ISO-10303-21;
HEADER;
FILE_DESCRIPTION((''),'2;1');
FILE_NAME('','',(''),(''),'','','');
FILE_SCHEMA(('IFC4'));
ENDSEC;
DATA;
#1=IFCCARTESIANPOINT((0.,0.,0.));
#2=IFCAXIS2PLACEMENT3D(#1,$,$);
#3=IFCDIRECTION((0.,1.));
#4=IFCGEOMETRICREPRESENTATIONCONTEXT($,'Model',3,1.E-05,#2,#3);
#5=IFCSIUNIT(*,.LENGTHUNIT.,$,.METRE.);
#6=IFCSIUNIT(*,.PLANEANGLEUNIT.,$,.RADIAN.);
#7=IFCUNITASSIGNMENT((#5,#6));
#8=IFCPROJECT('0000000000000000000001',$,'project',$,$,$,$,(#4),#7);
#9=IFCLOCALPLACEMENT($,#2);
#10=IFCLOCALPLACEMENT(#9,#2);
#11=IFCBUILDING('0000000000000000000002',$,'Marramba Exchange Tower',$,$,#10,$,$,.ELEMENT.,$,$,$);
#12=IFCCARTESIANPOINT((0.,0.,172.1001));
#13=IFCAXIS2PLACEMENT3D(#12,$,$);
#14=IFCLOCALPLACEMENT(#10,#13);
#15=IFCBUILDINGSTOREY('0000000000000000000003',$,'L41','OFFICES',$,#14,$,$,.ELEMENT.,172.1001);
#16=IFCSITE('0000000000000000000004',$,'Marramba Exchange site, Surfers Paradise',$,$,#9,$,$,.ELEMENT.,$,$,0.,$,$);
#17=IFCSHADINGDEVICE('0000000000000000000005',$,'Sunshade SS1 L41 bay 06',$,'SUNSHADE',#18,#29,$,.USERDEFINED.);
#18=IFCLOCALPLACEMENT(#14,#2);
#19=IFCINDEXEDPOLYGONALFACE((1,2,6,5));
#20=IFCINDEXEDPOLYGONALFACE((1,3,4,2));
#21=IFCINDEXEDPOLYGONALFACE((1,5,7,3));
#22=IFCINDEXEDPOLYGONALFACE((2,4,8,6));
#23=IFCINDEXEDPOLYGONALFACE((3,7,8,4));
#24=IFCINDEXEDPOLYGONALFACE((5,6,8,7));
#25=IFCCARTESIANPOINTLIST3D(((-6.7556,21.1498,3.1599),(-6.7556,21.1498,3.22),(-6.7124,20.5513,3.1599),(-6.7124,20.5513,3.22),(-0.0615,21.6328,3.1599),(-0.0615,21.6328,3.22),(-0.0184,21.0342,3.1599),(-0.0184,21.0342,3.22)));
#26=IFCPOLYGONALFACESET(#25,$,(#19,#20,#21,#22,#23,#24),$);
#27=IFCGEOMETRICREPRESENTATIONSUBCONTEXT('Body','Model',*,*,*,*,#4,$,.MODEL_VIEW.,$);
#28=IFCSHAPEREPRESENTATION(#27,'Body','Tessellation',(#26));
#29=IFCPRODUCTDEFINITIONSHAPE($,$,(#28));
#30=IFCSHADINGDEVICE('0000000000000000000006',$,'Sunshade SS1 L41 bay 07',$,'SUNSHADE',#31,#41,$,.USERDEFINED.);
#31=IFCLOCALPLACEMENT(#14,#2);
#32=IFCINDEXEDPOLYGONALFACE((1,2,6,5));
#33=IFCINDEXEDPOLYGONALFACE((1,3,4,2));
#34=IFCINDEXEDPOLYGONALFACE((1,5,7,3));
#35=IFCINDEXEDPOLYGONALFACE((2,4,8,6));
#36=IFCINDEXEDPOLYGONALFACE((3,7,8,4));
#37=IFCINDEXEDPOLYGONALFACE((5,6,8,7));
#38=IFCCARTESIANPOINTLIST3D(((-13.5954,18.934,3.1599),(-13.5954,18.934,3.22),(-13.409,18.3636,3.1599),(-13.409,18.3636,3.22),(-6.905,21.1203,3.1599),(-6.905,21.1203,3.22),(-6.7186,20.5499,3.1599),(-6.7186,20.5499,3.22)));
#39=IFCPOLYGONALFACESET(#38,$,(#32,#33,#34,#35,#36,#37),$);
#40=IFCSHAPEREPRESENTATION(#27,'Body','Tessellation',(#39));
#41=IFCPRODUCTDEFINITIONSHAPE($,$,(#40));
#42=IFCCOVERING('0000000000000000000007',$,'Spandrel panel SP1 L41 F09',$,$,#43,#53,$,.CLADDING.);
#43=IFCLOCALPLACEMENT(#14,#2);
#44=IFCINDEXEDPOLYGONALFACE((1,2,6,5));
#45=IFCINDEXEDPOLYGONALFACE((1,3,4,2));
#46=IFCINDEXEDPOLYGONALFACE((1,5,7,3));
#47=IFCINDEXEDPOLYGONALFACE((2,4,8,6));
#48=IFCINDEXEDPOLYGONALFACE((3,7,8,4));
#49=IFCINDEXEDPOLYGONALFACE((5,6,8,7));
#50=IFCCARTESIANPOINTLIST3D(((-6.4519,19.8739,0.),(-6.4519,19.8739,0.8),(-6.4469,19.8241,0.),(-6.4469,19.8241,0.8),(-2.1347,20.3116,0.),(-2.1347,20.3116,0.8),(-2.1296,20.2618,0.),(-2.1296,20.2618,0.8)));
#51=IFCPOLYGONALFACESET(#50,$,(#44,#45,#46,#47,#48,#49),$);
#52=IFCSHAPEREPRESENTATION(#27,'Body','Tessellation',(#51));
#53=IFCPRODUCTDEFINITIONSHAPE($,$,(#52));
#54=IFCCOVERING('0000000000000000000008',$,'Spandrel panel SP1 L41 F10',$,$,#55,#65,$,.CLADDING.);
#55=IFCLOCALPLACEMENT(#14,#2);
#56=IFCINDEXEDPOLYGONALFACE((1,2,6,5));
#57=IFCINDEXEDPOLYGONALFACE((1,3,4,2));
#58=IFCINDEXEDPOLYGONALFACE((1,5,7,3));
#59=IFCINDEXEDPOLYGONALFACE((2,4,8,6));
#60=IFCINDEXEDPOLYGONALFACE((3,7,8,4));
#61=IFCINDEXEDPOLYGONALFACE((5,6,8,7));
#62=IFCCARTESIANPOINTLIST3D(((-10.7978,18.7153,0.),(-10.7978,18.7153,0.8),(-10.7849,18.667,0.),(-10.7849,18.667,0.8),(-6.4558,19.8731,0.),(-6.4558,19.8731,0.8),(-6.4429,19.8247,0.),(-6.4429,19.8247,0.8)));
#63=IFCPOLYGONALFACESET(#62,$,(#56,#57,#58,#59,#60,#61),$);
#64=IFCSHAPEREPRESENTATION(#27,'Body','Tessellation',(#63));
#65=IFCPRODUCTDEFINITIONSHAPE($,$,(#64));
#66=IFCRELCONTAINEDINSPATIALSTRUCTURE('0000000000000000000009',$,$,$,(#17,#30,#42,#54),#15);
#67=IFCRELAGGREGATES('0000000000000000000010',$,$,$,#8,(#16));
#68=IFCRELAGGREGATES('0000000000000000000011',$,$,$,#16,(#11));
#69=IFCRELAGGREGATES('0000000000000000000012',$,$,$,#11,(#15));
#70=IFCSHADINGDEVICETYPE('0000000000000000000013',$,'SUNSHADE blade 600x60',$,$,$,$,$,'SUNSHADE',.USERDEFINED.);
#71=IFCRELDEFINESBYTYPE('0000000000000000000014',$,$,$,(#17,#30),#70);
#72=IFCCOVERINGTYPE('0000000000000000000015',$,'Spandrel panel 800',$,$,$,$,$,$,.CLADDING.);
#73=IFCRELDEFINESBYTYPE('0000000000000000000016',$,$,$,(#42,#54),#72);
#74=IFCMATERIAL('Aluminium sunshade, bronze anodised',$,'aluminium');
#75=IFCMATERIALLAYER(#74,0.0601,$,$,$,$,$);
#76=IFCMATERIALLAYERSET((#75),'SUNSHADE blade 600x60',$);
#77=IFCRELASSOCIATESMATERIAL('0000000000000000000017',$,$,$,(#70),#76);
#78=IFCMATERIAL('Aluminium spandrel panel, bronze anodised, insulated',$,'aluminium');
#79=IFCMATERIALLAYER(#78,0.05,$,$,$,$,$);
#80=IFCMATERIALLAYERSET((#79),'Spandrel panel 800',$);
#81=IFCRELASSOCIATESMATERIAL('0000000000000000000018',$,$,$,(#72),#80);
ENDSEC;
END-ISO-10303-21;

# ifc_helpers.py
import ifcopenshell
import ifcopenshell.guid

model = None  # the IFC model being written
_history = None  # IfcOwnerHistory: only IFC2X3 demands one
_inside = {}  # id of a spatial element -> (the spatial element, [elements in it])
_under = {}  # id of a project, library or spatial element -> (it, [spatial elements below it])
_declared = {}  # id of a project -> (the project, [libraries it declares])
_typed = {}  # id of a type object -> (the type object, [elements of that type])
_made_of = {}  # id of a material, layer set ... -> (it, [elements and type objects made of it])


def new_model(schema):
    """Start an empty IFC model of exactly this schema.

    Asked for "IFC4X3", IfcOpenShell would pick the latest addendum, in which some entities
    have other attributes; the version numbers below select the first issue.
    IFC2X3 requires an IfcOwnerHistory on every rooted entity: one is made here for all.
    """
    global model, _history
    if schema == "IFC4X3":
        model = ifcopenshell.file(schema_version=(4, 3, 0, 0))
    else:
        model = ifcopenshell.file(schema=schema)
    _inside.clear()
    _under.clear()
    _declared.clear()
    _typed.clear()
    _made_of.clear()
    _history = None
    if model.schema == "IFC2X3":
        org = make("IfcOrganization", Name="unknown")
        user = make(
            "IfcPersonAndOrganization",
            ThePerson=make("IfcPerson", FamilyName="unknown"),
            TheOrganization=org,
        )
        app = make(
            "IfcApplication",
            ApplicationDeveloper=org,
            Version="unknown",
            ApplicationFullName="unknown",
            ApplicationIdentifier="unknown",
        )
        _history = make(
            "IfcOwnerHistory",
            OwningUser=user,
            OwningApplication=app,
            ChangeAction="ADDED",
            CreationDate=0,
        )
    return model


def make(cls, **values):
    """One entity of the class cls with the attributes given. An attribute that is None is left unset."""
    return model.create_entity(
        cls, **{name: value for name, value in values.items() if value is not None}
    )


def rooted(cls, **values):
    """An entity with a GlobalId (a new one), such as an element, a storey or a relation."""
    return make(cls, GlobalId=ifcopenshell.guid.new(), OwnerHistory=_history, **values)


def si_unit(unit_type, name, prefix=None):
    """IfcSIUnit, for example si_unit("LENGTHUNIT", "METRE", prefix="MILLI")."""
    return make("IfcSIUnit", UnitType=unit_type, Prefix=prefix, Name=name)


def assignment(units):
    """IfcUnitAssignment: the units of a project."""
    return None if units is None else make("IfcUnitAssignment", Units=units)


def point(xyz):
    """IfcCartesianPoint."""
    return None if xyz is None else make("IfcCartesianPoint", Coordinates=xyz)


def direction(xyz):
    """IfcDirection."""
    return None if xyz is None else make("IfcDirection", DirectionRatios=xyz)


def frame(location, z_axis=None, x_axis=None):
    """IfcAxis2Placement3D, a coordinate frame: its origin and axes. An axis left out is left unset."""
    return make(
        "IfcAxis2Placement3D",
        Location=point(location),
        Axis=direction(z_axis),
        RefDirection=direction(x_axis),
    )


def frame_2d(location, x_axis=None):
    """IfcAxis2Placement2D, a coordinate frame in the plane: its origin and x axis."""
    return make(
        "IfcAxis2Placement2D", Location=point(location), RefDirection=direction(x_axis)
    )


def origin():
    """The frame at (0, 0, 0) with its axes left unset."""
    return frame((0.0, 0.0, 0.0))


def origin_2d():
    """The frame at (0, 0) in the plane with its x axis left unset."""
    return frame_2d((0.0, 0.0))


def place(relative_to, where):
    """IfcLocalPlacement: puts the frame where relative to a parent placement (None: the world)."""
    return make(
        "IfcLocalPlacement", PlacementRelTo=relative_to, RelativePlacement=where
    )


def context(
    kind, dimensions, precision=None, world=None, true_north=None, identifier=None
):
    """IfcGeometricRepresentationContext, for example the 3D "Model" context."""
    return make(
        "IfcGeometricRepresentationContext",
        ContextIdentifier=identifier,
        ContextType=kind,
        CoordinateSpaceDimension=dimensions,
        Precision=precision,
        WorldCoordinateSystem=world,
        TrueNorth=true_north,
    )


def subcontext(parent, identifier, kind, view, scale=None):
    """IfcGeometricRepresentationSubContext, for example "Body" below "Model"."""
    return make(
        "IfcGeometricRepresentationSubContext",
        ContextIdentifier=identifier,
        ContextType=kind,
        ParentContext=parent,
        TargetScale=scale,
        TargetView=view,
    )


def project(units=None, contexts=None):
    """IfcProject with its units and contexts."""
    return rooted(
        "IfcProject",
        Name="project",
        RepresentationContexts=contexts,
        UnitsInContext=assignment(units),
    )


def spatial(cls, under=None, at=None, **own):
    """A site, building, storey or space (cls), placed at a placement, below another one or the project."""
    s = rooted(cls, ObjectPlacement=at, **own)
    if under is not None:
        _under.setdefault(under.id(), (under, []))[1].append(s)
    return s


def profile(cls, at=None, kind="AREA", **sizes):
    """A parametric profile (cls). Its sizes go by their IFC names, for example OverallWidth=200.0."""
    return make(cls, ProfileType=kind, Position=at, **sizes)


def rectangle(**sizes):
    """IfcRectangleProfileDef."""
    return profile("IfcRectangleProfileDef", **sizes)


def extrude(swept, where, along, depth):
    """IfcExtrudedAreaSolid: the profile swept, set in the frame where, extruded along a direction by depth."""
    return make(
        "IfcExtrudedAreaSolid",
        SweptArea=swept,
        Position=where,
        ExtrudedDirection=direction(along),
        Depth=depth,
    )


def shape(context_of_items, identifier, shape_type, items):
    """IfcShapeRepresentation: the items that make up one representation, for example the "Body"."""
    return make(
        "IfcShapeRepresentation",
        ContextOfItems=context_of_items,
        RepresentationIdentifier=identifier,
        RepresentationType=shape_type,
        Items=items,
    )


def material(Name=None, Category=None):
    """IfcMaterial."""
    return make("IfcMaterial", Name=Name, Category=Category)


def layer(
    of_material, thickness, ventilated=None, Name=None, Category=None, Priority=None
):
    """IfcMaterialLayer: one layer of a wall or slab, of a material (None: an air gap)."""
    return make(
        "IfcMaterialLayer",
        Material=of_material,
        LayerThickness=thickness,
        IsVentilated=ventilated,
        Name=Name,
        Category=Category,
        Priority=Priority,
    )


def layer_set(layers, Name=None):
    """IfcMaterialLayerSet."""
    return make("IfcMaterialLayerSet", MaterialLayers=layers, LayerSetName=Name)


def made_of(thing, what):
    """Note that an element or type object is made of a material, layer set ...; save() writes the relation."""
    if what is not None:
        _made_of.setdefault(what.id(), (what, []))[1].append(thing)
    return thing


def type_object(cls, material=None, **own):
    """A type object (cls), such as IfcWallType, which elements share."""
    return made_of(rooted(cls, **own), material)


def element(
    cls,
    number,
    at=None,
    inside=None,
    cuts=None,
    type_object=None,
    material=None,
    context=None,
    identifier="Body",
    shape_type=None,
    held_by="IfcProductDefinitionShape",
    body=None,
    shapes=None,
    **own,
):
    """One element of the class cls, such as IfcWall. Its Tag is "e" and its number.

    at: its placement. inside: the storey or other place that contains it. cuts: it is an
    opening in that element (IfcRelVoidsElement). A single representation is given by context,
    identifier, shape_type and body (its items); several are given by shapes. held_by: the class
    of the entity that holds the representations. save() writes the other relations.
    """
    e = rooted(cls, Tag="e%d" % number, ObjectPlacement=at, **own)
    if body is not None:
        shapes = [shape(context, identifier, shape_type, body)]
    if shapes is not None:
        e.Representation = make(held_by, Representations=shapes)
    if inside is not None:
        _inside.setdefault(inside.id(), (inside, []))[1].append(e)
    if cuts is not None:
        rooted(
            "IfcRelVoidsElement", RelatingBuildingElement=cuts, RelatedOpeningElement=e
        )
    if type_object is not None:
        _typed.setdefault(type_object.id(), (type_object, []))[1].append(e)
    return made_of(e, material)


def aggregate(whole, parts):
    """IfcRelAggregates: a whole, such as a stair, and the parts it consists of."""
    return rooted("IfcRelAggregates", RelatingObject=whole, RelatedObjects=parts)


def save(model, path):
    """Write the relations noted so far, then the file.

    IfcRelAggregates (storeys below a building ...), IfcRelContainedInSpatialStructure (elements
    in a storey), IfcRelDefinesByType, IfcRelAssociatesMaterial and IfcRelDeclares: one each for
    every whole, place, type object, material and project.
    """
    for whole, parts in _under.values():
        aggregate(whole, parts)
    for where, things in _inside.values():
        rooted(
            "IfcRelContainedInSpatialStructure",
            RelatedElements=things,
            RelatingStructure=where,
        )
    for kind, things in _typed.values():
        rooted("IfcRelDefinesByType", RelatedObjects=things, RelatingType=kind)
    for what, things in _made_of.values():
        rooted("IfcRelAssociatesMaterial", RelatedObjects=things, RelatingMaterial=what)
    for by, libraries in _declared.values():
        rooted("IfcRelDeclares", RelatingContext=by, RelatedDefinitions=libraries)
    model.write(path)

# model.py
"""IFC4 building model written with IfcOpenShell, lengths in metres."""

from ifc_helpers import new_model, si_unit, direction, frame, origin, origin_2d, place, context, subcontext, project, spatial, rectangle, extrude, material, layer, layer_set, type_object, element, save


model = new_model("IFC4")

# Units and contexts
model_context = context("Model", 3, precision=1e-05, world=origin(), true_north=direction((0.0, 1.0)))
body_context = subcontext(model_context, "Body", "Model", "MODEL_VIEW")
ifc_project = project(units=[si_unit("LENGTHUNIT", "METRE"), si_unit("PLANEANGLEUNIT", "RADIAN")], contexts=[model_context])

# Site, building, storey
site_placement = place(None, origin())
site = spatial("IfcSite", under=ifc_project, at=site_placement, Name="Marramba Exchange site, Surfers Paradise", CompositionType="ELEMENT", RefElevation=0.0)
building_placement = place(site_placement, origin())
building = spatial("IfcBuilding", under=site, at=building_placement, Name="Marramba Exchange Tower", CompositionType="ELEMENT")
storey_placement = place(building_placement, frame((0.0, 0.0, 172.1001)))
storey = spatial("IfcBuildingStorey", under=building, at=storey_placement, Name="L41", Description="OFFICES", CompositionType="ELEMENT", Elevation=172.1001)

# Shading devices
ifc_material_1 = material(Name="Aluminium sunshade, bronze anodised", Category="aluminium")
ifc_layer_1 = layer(ifc_material_1, 0.0601)
ifc_layer_set_1 = layer_set([ifc_layer_1], Name="SUNSHADE blade 600x60")
shading_device_type_1 = type_object("IfcShadingDeviceType", Name="SUNSHADE blade 600x60", ElementType="SUNSHADE", PredefinedType="USERDEFINED", material=ifc_layer_set_1)
shading_device_1_placement = place(storey_placement, frame((-3.387, 21.092, 3.1599), z_axis=(0.0, 0.0, 1.0), x_axis=(-0.997408, -0.071958, 0.0)))
element("IfcShadingDevice", 1, at=shading_device_1_placement, inside=storey, type_object=shading_device_type_1, Name="Sunshade SS1 L41 bay 06", ObjectType="SUNSHADE", PredefinedType="USERDEFINED", context=body_context, shape_type="SweptSolid", body=[
    extrude(rectangle(XDim=6.7114, YDim=0.6001, at=origin_2d()), origin(), (0.0, 0.0, 1.0), 0.0601),
])
shading_device_2_placement = place(storey_placement, frame((-10.157, 19.7419, 3.1599), z_axis=(0.0, 0.0, 1.0), x_axis=(-0.950538, -0.31061, 0.0)))
element("IfcShadingDevice", 2, at=shading_device_2_placement, inside=storey, type_object=shading_device_type_1, Name="Sunshade SS1 L41 bay 07", ObjectType="SUNSHADE", PredefinedType="USERDEFINED", context=body_context, shape_type="SweptSolid", body=[
    extrude(rectangle(XDim=7.0386, YDim=0.6001, at=origin_2d()), origin(), (0.0, 0.0, 1.0), 0.0601),
])

# Coverings
ifc_material_2 = material(Name="Aluminium spandrel panel, bronze anodised, insulated", Category="aluminium")
ifc_layer_2 = layer(ifc_material_2, 0.05)
ifc_layer_set_2 = layer_set([ifc_layer_2], Name="Spandrel panel 800")
covering_type = type_object("IfcCoveringType", Name="Spandrel panel 800", PredefinedType="CLADDING", material=ifc_layer_set_2)
covering_1_placement = place(storey_placement, frame((-4.2908, 20.0679, 0.0), z_axis=(0.0, 0.0, 1.0), x_axis=(-0.9949, -0.100863, 0.0)))
element("IfcCovering", 3, at=covering_1_placement, inside=storey, type_object=covering_type, Name="Spandrel panel SP1 L41 F09", PredefinedType="CLADDING", context=body_context, shape_type="SweptSolid", body=[
    extrude(rectangle(XDim=4.3394, YDim=0.05, at=origin_2d()), origin(), (0.0, 0.0, 1.0), 0.8),
])
covering_2_placement = place(storey_placement, frame((-8.6204, 19.27, 0.0), z_axis=(0.0, 0.0, 1.0), x_axis=(-0.966241, -0.257641, 0.0)))
element("IfcCovering", 4, at=covering_2_placement, inside=storey, type_object=covering_type, Name="Spandrel panel SP1 L41 F10", PredefinedType="CLADDING", context=body_context, shape_type="SweptSolid", body=[
    extrude(rectangle(XDim=4.4937, YDim=0.05, at=origin_2d()), origin(), (0.0, 0.0, 1.0), 0.8),
])

save(model, "model.ifc")
